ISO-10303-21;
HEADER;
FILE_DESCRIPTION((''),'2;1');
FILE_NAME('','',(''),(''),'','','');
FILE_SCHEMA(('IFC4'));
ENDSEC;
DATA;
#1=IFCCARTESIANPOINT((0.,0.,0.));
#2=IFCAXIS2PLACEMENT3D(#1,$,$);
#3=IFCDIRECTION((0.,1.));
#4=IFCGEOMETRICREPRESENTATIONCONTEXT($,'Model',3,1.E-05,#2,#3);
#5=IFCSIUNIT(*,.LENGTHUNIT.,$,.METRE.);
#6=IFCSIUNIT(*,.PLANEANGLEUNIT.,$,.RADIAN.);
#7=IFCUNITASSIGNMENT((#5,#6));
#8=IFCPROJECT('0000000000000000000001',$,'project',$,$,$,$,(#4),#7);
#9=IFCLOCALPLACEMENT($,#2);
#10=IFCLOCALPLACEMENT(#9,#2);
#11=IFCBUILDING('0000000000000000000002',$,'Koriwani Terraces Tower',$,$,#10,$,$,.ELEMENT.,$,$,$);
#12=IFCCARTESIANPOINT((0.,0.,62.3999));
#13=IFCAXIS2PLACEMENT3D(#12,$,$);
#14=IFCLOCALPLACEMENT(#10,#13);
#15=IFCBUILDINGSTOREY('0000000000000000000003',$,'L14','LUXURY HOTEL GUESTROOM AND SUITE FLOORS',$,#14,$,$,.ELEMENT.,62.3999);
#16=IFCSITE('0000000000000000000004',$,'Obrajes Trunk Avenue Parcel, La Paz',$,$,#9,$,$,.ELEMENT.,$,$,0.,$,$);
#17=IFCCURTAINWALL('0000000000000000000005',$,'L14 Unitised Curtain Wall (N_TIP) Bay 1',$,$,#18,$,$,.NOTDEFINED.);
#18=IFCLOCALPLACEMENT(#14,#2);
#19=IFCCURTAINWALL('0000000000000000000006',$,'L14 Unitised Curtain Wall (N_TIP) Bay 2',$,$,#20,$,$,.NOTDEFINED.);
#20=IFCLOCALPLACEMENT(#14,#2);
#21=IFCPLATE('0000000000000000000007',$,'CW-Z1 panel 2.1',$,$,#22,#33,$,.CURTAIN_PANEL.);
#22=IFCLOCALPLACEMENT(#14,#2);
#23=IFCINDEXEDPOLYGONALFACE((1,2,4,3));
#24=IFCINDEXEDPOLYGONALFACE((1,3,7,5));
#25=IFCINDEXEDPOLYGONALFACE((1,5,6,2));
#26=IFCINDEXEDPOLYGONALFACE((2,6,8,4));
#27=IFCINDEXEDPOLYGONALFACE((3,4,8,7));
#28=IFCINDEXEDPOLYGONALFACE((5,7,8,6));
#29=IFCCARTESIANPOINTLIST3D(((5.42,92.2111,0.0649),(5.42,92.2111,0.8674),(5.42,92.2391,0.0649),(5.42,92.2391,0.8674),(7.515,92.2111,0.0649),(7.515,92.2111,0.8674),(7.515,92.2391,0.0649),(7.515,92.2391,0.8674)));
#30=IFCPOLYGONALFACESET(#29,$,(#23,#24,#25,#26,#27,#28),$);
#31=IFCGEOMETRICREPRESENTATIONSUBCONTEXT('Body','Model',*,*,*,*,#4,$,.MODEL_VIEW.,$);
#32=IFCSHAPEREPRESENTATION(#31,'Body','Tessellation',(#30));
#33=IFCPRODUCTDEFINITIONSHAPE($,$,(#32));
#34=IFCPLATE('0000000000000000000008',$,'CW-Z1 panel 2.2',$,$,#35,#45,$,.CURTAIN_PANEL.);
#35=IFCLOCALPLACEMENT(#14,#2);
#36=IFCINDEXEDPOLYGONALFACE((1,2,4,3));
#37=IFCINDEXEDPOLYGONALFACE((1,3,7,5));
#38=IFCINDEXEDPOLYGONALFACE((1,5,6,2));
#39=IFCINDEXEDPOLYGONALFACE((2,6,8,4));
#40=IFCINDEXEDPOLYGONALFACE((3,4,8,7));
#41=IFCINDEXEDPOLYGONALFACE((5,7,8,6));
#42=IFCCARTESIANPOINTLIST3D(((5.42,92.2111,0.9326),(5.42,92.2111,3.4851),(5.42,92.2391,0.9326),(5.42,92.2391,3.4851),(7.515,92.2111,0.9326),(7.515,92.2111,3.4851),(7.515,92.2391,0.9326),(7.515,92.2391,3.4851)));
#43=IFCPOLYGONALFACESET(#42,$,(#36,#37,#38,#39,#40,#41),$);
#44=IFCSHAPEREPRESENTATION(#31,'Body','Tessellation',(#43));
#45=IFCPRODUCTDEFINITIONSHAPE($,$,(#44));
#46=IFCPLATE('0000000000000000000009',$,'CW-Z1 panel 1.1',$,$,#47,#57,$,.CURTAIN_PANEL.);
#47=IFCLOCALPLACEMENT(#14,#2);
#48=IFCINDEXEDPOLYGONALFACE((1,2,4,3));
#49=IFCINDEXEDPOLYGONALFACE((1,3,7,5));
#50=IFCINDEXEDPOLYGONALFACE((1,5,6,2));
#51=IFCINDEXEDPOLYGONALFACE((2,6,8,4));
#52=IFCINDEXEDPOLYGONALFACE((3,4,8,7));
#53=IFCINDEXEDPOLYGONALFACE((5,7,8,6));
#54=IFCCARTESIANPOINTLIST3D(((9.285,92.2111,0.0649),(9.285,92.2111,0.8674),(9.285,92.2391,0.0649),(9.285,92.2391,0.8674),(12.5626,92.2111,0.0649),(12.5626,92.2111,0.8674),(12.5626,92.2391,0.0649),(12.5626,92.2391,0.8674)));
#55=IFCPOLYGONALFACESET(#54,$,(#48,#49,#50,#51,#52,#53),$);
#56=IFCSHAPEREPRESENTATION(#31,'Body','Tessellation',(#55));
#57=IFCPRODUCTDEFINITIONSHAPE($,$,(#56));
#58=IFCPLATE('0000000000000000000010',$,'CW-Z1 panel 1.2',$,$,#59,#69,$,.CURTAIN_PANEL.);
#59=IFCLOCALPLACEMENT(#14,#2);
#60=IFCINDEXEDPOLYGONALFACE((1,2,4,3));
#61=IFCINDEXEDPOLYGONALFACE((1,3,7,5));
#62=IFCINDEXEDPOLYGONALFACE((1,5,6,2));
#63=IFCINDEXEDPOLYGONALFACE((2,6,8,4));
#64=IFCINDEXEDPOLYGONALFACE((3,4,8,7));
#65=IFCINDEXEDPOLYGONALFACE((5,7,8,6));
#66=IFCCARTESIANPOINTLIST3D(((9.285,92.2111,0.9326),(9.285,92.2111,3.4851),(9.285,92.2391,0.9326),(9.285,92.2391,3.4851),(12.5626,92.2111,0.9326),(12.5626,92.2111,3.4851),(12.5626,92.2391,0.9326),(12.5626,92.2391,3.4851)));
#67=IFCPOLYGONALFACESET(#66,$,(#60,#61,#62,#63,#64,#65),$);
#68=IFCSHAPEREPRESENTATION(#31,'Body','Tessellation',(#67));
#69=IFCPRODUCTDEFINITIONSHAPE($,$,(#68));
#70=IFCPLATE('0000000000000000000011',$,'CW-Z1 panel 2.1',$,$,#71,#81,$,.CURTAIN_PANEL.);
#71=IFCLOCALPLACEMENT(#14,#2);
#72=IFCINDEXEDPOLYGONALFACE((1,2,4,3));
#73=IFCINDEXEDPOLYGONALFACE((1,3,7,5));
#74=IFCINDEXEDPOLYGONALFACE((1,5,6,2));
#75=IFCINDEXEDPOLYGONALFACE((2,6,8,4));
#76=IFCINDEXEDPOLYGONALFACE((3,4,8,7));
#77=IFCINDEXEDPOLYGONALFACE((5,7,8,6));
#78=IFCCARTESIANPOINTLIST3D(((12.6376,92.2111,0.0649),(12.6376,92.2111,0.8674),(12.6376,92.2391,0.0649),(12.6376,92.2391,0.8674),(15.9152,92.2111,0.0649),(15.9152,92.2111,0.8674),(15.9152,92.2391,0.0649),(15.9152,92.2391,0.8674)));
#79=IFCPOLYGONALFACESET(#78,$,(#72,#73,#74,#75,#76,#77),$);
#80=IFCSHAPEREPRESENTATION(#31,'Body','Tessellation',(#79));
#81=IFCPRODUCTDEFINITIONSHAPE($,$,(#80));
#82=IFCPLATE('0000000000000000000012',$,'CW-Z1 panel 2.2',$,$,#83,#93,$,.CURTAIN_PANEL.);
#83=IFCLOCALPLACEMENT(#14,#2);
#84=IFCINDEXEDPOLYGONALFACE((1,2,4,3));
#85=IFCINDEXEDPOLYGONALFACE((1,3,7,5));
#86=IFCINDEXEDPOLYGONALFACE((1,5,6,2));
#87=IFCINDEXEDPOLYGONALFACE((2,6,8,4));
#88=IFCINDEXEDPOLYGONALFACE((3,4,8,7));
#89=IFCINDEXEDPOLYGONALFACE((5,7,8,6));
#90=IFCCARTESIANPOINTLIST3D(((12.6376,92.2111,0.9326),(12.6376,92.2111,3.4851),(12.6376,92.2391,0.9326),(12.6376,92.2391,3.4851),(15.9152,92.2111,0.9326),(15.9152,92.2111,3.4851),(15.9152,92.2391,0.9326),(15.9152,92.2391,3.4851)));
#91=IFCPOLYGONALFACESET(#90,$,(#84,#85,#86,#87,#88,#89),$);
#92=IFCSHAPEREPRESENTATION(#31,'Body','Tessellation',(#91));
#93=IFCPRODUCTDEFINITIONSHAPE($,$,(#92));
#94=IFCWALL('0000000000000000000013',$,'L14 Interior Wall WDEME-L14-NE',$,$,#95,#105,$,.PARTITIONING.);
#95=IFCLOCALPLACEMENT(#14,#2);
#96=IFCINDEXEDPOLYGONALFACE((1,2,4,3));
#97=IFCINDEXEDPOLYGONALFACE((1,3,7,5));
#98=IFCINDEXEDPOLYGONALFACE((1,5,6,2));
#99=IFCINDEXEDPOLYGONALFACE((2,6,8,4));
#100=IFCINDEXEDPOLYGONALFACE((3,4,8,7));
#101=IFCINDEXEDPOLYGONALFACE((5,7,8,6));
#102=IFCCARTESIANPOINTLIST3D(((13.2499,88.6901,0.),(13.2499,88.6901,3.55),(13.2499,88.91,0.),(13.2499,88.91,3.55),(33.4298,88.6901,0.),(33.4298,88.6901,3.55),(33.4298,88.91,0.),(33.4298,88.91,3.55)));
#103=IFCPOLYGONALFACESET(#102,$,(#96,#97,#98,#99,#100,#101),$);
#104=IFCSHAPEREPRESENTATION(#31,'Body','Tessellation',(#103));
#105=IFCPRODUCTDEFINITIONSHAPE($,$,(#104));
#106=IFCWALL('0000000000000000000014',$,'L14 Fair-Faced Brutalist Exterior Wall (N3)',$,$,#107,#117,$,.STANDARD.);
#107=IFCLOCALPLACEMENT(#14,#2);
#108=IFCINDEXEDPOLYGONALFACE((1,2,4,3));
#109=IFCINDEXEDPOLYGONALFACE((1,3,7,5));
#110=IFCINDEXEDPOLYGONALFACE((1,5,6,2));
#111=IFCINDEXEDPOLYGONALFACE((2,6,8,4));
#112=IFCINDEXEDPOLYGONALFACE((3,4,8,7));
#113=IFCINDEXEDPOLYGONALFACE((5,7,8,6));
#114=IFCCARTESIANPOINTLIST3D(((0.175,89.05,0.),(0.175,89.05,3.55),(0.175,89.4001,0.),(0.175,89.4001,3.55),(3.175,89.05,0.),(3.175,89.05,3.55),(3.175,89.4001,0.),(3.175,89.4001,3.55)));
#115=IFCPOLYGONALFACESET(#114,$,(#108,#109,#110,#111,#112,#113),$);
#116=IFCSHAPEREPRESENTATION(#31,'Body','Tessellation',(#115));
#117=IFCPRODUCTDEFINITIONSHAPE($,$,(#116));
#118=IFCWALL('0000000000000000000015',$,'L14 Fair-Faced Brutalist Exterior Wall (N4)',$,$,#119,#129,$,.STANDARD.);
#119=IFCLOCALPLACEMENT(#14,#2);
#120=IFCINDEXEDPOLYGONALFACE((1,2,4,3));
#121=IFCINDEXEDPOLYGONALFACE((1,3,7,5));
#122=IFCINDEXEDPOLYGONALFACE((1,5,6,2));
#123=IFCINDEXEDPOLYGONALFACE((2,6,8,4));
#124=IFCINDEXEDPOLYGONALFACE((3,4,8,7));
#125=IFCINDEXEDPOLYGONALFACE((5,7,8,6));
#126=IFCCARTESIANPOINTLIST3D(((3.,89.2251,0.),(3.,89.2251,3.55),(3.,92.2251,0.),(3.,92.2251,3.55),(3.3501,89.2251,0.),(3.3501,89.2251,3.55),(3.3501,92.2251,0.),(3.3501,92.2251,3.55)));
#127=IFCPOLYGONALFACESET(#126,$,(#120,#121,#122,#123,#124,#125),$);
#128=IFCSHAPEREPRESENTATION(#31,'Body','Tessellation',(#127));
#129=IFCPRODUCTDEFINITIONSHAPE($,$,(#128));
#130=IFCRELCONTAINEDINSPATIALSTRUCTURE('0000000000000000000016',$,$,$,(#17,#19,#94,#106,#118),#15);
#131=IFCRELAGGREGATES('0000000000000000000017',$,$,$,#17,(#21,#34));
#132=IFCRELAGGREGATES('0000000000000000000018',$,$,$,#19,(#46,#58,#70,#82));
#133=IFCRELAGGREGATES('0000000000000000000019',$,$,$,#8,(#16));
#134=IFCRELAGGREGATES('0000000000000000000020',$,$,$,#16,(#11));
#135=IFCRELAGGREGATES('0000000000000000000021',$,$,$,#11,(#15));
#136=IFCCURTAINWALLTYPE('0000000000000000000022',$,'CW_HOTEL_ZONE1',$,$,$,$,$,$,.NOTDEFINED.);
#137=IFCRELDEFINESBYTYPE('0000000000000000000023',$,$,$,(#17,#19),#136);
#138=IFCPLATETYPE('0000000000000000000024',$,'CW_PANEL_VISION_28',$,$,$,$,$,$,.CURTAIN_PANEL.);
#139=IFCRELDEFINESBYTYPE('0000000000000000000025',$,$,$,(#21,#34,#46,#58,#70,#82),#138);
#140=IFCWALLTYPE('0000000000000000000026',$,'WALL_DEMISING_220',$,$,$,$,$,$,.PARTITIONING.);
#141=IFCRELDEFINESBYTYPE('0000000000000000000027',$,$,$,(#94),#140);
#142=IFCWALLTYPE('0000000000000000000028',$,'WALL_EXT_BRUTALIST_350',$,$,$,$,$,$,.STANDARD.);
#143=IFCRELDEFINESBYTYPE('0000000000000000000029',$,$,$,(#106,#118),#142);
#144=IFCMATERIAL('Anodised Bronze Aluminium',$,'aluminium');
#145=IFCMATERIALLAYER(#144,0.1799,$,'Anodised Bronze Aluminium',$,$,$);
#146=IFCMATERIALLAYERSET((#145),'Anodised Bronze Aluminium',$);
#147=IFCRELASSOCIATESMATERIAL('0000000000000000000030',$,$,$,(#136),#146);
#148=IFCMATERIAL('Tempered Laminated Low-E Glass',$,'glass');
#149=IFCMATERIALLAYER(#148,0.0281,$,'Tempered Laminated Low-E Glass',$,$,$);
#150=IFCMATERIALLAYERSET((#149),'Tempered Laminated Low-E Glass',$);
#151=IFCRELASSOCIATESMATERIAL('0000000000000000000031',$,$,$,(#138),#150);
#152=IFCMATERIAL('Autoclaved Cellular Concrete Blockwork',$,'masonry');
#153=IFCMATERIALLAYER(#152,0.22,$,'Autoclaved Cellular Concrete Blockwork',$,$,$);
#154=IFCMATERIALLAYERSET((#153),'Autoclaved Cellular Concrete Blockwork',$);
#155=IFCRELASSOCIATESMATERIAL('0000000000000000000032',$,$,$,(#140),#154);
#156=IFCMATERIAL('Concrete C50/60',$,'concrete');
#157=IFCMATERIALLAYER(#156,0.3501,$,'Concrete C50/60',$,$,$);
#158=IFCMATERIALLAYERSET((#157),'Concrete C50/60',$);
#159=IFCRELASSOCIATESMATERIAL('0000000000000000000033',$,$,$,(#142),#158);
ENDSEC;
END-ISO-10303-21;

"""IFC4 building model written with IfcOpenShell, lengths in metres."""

from ifc_helpers import new_model, si_unit, direction, frame, frame_2d, origin, origin_2d, place, context, subcontext, project, spatial, rectangle, extrude, material, layer, layer_set, type_object, element, aggregate, save


model = new_model("IFC4")

# Units and contexts
model_context = context("Model", 3, precision=1e-05, world=origin(), true_north=direction((0.0, 1.0)))
body_context = subcontext(model_context, "Body", "Model", "MODEL_VIEW")
ifc_project = project(units=[si_unit("LENGTHUNIT", "METRE"), si_unit("PLANEANGLEUNIT", "RADIAN")], contexts=[model_context])

# Site, building, storey
site_placement = place(None, origin())
site = spatial("IfcSite", under=ifc_project, at=site_placement, Name="Obrajes Trunk Avenue Parcel, La Paz", CompositionType="ELEMENT", RefElevation=0.0)
building_placement = place(site_placement, origin())
building = spatial("IfcBuilding", under=site, at=building_placement, Name="Koriwani Terraces Tower", CompositionType="ELEMENT")
storey_placement = place(building_placement, frame((0.0, 0.0, 62.3999)))
storey = spatial("IfcBuildingStorey", under=building, at=storey_placement, Name="L14", Description="LUXURY HOTEL GUESTROOM AND SUITE FLOORS", CompositionType="ELEMENT", Elevation=62.3999)

# Curtain walls
ifc_material_1 = material(Name="Anodised Bronze Aluminium", Category="aluminium")
ifc_layer_1 = layer(ifc_material_1, 0.1799, Name="Anodised Bronze Aluminium")
ifc_layer_set_1 = layer_set([ifc_layer_1], Name="Anodised Bronze Aluminium")
curtain_wall_type = type_object("IfcCurtainWallType", Name="CW_HOTEL_ZONE1", PredefinedType="NOTDEFINED", material=ifc_layer_set_1)
curtain_wall_1_placement = place(storey_placement, origin())
curtain_wall_1 = element("IfcCurtainWall", 1, at=curtain_wall_1_placement, inside=storey, type_object=curtain_wall_type, Name="L14 Unitised Curtain Wall (N_TIP) Bay 1", PredefinedType="NOTDEFINED")
curtain_wall_2_placement = place(storey_placement, origin())
curtain_wall_2 = element("IfcCurtainWall", 2, at=curtain_wall_2_placement, inside=storey, type_object=curtain_wall_type, Name="L14 Unitised Curtain Wall (N_TIP) Bay 2", PredefinedType="NOTDEFINED")

# Plates
ifc_material_2 = material(Name="Tempered Laminated Low-E Glass", Category="glass")
ifc_layer_2 = layer(ifc_material_2, 0.0281, Name="Tempered Laminated Low-E Glass")
ifc_layer_set_2 = layer_set([ifc_layer_2], Name="Tempered Laminated Low-E Glass")
plate_type = type_object("IfcPlateType", Name="CW_PANEL_VISION_28", PredefinedType="CURTAIN_PANEL", material=ifc_layer_set_2)
plate_1_placement = place(storey_placement, frame((6.4675, 92.2251, 0.0649), z_axis=(0.0, 0.0, 1.0), x_axis=(1.0, 0.0, 0.0)))
plate_1 = element("IfcPlate", 3, at=plate_1_placement, type_object=plate_type, Name="CW-Z1 panel 2.1", PredefinedType="CURTAIN_PANEL", context=body_context, shape_type="SweptSolid", body=[
    extrude(rectangle(XDim=2.095, YDim=0.0281, at=origin_2d()), origin(), (0.0, 0.0, 1.0), 0.8025),
])
plate_2_placement = place(storey_placement, frame((6.4675, 92.2251, 0.9326), z_axis=(0.0, 0.0, 1.0), x_axis=(1.0, 0.0, 0.0)))
plate_2 = element("IfcPlate", 4, at=plate_2_placement, type_object=plate_type, Name="CW-Z1 panel 2.2", PredefinedType="CURTAIN_PANEL", context=body_context, shape_type="SweptSolid", body=[
    extrude(rectangle(XDim=2.095, YDim=0.0281, at=origin_2d()), origin(), (0.0, 0.0, 1.0), 2.5525),
])
aggregate(curtain_wall_1, [plate_1, plate_2])
plate_3_placement = place(storey_placement, frame((10.9238, 92.2251, 0.0649), z_axis=(0.0, 0.0, 1.0), x_axis=(1.0, 0.0, 0.0)))
plate_3 = element("IfcPlate", 5, at=plate_3_placement, type_object=plate_type, Name="CW-Z1 panel 1.1", PredefinedType="CURTAIN_PANEL", context=body_context, shape_type="SweptSolid", body=[
    extrude(rectangle(XDim=3.2776, YDim=0.0281, at=origin_2d()), origin(), (0.0, 0.0, 1.0), 0.8025),
])
plate_4_placement = place(storey_placement, frame((10.9238, 92.2251, 0.9326), z_axis=(0.0, 0.0, 1.0), x_axis=(1.0, 0.0, 0.0)))
plate_4 = element("IfcPlate", 6, at=plate_4_placement, type_object=plate_type, Name="CW-Z1 panel 1.2", PredefinedType="CURTAIN_PANEL", context=body_context, shape_type="SweptSolid", body=[
    extrude(rectangle(XDim=3.2776, YDim=0.0281, at=origin_2d()), origin(), (0.0, 0.0, 1.0), 2.5525),
])
plate_5_placement = place(storey_placement, frame((14.2764, 92.2251, 0.0649), z_axis=(0.0, 0.0, 1.0), x_axis=(1.0, 0.0, 0.0)))
plate_5 = element("IfcPlate", 7, at=plate_5_placement, type_object=plate_type, Name="CW-Z1 panel 2.1", PredefinedType="CURTAIN_PANEL", context=body_context, shape_type="SweptSolid", body=[
    extrude(rectangle(XDim=3.2776, YDim=0.0281, at=origin_2d()), origin(), (0.0, 0.0, 1.0), 0.8025),
])
plate_6_placement = place(storey_placement, frame((14.2764, 92.2251, 0.9326), z_axis=(0.0, 0.0, 1.0), x_axis=(1.0, 0.0, 0.0)))
plate_6 = element("IfcPlate", 8, at=plate_6_placement, type_object=plate_type, Name="CW-Z1 panel 2.2", PredefinedType="CURTAIN_PANEL", context=body_context, shape_type="SweptSolid", body=[
    extrude(rectangle(XDim=3.2776, YDim=0.0281, at=origin_2d()), origin(), (0.0, 0.0, 1.0), 2.5525),
])
aggregate(curtain_wall_2, [plate_3, plate_4, plate_5, plate_6])

# Walls
ifc_material_3 = material(Name="Autoclaved Cellular Concrete Blockwork", Category="masonry")
ifc_layer_3 = layer(ifc_material_3, 0.22, Name="Autoclaved Cellular Concrete Blockwork")
ifc_layer_set_3 = layer_set([ifc_layer_3], Name="Autoclaved Cellular Concrete Blockwork")
wall_type_1 = type_object("IfcWallType", Name="WALL_DEMISING_220", PredefinedType="PARTITIONING", material=ifc_layer_set_3)
wall_placement = place(storey_placement, frame((13.25, 88.8, 0.0), z_axis=(0.0, 0.0, 1.0), x_axis=(1.0, 0.0, 0.0)))
element("IfcWall", 9, at=wall_placement, inside=storey, type_object=wall_type_1, Name="L14 Interior Wall WDEME-L14-NE", PredefinedType="PARTITIONING", context=body_context, shape_type="SweptSolid", body=[
    extrude(rectangle(XDim=20.1799, YDim=0.22, at=frame_2d((10.0898, 0.0))), origin(), (0.0, 0.0, 1.0), 3.55),
])
ifc_material_4 = material(Name="Concrete C50/60", Category="concrete")
ifc_layer_4 = layer(ifc_material_4, 0.3501, Name="Concrete C50/60")
ifc_layer_set_4 = layer_set([ifc_layer_4], Name="Concrete C50/60")
wall_type_2 = type_object("IfcWallType", Name="WALL_EXT_BRUTALIST_350", PredefinedType="STANDARD", material=ifc_layer_set_4)
for number, where, z_axis, x_axis, name in (
    (10, (0.175, 89.2251, 0.0), (0.0, 0.0, 1.0), (1.0, 0.0, 0.0), "L14 Fair-Faced Brutalist Exterior Wall (N3)"),
    (11, (3.175, 89.2251, 0.0), (0.0, 0.0, 1.0), (0.0, 1.0, 0.0), "L14 Fair-Faced Brutalist Exterior Wall (N4)"),
):
    element("IfcWall", number, at=place(storey_placement, frame(where, z_axis=z_axis, x_axis=x_axis)), inside=storey, type_object=wall_type_2, Name=name, PredefinedType="STANDARD", context=body_context, shape_type="SweptSolid", body=[
        extrude(rectangle(XDim=3.0, YDim=0.3501, at=frame_2d((1.5, 0.0))), origin(), (0.0, 0.0, 1.0), 3.55),
    ])

save(model, "model.ifc")
